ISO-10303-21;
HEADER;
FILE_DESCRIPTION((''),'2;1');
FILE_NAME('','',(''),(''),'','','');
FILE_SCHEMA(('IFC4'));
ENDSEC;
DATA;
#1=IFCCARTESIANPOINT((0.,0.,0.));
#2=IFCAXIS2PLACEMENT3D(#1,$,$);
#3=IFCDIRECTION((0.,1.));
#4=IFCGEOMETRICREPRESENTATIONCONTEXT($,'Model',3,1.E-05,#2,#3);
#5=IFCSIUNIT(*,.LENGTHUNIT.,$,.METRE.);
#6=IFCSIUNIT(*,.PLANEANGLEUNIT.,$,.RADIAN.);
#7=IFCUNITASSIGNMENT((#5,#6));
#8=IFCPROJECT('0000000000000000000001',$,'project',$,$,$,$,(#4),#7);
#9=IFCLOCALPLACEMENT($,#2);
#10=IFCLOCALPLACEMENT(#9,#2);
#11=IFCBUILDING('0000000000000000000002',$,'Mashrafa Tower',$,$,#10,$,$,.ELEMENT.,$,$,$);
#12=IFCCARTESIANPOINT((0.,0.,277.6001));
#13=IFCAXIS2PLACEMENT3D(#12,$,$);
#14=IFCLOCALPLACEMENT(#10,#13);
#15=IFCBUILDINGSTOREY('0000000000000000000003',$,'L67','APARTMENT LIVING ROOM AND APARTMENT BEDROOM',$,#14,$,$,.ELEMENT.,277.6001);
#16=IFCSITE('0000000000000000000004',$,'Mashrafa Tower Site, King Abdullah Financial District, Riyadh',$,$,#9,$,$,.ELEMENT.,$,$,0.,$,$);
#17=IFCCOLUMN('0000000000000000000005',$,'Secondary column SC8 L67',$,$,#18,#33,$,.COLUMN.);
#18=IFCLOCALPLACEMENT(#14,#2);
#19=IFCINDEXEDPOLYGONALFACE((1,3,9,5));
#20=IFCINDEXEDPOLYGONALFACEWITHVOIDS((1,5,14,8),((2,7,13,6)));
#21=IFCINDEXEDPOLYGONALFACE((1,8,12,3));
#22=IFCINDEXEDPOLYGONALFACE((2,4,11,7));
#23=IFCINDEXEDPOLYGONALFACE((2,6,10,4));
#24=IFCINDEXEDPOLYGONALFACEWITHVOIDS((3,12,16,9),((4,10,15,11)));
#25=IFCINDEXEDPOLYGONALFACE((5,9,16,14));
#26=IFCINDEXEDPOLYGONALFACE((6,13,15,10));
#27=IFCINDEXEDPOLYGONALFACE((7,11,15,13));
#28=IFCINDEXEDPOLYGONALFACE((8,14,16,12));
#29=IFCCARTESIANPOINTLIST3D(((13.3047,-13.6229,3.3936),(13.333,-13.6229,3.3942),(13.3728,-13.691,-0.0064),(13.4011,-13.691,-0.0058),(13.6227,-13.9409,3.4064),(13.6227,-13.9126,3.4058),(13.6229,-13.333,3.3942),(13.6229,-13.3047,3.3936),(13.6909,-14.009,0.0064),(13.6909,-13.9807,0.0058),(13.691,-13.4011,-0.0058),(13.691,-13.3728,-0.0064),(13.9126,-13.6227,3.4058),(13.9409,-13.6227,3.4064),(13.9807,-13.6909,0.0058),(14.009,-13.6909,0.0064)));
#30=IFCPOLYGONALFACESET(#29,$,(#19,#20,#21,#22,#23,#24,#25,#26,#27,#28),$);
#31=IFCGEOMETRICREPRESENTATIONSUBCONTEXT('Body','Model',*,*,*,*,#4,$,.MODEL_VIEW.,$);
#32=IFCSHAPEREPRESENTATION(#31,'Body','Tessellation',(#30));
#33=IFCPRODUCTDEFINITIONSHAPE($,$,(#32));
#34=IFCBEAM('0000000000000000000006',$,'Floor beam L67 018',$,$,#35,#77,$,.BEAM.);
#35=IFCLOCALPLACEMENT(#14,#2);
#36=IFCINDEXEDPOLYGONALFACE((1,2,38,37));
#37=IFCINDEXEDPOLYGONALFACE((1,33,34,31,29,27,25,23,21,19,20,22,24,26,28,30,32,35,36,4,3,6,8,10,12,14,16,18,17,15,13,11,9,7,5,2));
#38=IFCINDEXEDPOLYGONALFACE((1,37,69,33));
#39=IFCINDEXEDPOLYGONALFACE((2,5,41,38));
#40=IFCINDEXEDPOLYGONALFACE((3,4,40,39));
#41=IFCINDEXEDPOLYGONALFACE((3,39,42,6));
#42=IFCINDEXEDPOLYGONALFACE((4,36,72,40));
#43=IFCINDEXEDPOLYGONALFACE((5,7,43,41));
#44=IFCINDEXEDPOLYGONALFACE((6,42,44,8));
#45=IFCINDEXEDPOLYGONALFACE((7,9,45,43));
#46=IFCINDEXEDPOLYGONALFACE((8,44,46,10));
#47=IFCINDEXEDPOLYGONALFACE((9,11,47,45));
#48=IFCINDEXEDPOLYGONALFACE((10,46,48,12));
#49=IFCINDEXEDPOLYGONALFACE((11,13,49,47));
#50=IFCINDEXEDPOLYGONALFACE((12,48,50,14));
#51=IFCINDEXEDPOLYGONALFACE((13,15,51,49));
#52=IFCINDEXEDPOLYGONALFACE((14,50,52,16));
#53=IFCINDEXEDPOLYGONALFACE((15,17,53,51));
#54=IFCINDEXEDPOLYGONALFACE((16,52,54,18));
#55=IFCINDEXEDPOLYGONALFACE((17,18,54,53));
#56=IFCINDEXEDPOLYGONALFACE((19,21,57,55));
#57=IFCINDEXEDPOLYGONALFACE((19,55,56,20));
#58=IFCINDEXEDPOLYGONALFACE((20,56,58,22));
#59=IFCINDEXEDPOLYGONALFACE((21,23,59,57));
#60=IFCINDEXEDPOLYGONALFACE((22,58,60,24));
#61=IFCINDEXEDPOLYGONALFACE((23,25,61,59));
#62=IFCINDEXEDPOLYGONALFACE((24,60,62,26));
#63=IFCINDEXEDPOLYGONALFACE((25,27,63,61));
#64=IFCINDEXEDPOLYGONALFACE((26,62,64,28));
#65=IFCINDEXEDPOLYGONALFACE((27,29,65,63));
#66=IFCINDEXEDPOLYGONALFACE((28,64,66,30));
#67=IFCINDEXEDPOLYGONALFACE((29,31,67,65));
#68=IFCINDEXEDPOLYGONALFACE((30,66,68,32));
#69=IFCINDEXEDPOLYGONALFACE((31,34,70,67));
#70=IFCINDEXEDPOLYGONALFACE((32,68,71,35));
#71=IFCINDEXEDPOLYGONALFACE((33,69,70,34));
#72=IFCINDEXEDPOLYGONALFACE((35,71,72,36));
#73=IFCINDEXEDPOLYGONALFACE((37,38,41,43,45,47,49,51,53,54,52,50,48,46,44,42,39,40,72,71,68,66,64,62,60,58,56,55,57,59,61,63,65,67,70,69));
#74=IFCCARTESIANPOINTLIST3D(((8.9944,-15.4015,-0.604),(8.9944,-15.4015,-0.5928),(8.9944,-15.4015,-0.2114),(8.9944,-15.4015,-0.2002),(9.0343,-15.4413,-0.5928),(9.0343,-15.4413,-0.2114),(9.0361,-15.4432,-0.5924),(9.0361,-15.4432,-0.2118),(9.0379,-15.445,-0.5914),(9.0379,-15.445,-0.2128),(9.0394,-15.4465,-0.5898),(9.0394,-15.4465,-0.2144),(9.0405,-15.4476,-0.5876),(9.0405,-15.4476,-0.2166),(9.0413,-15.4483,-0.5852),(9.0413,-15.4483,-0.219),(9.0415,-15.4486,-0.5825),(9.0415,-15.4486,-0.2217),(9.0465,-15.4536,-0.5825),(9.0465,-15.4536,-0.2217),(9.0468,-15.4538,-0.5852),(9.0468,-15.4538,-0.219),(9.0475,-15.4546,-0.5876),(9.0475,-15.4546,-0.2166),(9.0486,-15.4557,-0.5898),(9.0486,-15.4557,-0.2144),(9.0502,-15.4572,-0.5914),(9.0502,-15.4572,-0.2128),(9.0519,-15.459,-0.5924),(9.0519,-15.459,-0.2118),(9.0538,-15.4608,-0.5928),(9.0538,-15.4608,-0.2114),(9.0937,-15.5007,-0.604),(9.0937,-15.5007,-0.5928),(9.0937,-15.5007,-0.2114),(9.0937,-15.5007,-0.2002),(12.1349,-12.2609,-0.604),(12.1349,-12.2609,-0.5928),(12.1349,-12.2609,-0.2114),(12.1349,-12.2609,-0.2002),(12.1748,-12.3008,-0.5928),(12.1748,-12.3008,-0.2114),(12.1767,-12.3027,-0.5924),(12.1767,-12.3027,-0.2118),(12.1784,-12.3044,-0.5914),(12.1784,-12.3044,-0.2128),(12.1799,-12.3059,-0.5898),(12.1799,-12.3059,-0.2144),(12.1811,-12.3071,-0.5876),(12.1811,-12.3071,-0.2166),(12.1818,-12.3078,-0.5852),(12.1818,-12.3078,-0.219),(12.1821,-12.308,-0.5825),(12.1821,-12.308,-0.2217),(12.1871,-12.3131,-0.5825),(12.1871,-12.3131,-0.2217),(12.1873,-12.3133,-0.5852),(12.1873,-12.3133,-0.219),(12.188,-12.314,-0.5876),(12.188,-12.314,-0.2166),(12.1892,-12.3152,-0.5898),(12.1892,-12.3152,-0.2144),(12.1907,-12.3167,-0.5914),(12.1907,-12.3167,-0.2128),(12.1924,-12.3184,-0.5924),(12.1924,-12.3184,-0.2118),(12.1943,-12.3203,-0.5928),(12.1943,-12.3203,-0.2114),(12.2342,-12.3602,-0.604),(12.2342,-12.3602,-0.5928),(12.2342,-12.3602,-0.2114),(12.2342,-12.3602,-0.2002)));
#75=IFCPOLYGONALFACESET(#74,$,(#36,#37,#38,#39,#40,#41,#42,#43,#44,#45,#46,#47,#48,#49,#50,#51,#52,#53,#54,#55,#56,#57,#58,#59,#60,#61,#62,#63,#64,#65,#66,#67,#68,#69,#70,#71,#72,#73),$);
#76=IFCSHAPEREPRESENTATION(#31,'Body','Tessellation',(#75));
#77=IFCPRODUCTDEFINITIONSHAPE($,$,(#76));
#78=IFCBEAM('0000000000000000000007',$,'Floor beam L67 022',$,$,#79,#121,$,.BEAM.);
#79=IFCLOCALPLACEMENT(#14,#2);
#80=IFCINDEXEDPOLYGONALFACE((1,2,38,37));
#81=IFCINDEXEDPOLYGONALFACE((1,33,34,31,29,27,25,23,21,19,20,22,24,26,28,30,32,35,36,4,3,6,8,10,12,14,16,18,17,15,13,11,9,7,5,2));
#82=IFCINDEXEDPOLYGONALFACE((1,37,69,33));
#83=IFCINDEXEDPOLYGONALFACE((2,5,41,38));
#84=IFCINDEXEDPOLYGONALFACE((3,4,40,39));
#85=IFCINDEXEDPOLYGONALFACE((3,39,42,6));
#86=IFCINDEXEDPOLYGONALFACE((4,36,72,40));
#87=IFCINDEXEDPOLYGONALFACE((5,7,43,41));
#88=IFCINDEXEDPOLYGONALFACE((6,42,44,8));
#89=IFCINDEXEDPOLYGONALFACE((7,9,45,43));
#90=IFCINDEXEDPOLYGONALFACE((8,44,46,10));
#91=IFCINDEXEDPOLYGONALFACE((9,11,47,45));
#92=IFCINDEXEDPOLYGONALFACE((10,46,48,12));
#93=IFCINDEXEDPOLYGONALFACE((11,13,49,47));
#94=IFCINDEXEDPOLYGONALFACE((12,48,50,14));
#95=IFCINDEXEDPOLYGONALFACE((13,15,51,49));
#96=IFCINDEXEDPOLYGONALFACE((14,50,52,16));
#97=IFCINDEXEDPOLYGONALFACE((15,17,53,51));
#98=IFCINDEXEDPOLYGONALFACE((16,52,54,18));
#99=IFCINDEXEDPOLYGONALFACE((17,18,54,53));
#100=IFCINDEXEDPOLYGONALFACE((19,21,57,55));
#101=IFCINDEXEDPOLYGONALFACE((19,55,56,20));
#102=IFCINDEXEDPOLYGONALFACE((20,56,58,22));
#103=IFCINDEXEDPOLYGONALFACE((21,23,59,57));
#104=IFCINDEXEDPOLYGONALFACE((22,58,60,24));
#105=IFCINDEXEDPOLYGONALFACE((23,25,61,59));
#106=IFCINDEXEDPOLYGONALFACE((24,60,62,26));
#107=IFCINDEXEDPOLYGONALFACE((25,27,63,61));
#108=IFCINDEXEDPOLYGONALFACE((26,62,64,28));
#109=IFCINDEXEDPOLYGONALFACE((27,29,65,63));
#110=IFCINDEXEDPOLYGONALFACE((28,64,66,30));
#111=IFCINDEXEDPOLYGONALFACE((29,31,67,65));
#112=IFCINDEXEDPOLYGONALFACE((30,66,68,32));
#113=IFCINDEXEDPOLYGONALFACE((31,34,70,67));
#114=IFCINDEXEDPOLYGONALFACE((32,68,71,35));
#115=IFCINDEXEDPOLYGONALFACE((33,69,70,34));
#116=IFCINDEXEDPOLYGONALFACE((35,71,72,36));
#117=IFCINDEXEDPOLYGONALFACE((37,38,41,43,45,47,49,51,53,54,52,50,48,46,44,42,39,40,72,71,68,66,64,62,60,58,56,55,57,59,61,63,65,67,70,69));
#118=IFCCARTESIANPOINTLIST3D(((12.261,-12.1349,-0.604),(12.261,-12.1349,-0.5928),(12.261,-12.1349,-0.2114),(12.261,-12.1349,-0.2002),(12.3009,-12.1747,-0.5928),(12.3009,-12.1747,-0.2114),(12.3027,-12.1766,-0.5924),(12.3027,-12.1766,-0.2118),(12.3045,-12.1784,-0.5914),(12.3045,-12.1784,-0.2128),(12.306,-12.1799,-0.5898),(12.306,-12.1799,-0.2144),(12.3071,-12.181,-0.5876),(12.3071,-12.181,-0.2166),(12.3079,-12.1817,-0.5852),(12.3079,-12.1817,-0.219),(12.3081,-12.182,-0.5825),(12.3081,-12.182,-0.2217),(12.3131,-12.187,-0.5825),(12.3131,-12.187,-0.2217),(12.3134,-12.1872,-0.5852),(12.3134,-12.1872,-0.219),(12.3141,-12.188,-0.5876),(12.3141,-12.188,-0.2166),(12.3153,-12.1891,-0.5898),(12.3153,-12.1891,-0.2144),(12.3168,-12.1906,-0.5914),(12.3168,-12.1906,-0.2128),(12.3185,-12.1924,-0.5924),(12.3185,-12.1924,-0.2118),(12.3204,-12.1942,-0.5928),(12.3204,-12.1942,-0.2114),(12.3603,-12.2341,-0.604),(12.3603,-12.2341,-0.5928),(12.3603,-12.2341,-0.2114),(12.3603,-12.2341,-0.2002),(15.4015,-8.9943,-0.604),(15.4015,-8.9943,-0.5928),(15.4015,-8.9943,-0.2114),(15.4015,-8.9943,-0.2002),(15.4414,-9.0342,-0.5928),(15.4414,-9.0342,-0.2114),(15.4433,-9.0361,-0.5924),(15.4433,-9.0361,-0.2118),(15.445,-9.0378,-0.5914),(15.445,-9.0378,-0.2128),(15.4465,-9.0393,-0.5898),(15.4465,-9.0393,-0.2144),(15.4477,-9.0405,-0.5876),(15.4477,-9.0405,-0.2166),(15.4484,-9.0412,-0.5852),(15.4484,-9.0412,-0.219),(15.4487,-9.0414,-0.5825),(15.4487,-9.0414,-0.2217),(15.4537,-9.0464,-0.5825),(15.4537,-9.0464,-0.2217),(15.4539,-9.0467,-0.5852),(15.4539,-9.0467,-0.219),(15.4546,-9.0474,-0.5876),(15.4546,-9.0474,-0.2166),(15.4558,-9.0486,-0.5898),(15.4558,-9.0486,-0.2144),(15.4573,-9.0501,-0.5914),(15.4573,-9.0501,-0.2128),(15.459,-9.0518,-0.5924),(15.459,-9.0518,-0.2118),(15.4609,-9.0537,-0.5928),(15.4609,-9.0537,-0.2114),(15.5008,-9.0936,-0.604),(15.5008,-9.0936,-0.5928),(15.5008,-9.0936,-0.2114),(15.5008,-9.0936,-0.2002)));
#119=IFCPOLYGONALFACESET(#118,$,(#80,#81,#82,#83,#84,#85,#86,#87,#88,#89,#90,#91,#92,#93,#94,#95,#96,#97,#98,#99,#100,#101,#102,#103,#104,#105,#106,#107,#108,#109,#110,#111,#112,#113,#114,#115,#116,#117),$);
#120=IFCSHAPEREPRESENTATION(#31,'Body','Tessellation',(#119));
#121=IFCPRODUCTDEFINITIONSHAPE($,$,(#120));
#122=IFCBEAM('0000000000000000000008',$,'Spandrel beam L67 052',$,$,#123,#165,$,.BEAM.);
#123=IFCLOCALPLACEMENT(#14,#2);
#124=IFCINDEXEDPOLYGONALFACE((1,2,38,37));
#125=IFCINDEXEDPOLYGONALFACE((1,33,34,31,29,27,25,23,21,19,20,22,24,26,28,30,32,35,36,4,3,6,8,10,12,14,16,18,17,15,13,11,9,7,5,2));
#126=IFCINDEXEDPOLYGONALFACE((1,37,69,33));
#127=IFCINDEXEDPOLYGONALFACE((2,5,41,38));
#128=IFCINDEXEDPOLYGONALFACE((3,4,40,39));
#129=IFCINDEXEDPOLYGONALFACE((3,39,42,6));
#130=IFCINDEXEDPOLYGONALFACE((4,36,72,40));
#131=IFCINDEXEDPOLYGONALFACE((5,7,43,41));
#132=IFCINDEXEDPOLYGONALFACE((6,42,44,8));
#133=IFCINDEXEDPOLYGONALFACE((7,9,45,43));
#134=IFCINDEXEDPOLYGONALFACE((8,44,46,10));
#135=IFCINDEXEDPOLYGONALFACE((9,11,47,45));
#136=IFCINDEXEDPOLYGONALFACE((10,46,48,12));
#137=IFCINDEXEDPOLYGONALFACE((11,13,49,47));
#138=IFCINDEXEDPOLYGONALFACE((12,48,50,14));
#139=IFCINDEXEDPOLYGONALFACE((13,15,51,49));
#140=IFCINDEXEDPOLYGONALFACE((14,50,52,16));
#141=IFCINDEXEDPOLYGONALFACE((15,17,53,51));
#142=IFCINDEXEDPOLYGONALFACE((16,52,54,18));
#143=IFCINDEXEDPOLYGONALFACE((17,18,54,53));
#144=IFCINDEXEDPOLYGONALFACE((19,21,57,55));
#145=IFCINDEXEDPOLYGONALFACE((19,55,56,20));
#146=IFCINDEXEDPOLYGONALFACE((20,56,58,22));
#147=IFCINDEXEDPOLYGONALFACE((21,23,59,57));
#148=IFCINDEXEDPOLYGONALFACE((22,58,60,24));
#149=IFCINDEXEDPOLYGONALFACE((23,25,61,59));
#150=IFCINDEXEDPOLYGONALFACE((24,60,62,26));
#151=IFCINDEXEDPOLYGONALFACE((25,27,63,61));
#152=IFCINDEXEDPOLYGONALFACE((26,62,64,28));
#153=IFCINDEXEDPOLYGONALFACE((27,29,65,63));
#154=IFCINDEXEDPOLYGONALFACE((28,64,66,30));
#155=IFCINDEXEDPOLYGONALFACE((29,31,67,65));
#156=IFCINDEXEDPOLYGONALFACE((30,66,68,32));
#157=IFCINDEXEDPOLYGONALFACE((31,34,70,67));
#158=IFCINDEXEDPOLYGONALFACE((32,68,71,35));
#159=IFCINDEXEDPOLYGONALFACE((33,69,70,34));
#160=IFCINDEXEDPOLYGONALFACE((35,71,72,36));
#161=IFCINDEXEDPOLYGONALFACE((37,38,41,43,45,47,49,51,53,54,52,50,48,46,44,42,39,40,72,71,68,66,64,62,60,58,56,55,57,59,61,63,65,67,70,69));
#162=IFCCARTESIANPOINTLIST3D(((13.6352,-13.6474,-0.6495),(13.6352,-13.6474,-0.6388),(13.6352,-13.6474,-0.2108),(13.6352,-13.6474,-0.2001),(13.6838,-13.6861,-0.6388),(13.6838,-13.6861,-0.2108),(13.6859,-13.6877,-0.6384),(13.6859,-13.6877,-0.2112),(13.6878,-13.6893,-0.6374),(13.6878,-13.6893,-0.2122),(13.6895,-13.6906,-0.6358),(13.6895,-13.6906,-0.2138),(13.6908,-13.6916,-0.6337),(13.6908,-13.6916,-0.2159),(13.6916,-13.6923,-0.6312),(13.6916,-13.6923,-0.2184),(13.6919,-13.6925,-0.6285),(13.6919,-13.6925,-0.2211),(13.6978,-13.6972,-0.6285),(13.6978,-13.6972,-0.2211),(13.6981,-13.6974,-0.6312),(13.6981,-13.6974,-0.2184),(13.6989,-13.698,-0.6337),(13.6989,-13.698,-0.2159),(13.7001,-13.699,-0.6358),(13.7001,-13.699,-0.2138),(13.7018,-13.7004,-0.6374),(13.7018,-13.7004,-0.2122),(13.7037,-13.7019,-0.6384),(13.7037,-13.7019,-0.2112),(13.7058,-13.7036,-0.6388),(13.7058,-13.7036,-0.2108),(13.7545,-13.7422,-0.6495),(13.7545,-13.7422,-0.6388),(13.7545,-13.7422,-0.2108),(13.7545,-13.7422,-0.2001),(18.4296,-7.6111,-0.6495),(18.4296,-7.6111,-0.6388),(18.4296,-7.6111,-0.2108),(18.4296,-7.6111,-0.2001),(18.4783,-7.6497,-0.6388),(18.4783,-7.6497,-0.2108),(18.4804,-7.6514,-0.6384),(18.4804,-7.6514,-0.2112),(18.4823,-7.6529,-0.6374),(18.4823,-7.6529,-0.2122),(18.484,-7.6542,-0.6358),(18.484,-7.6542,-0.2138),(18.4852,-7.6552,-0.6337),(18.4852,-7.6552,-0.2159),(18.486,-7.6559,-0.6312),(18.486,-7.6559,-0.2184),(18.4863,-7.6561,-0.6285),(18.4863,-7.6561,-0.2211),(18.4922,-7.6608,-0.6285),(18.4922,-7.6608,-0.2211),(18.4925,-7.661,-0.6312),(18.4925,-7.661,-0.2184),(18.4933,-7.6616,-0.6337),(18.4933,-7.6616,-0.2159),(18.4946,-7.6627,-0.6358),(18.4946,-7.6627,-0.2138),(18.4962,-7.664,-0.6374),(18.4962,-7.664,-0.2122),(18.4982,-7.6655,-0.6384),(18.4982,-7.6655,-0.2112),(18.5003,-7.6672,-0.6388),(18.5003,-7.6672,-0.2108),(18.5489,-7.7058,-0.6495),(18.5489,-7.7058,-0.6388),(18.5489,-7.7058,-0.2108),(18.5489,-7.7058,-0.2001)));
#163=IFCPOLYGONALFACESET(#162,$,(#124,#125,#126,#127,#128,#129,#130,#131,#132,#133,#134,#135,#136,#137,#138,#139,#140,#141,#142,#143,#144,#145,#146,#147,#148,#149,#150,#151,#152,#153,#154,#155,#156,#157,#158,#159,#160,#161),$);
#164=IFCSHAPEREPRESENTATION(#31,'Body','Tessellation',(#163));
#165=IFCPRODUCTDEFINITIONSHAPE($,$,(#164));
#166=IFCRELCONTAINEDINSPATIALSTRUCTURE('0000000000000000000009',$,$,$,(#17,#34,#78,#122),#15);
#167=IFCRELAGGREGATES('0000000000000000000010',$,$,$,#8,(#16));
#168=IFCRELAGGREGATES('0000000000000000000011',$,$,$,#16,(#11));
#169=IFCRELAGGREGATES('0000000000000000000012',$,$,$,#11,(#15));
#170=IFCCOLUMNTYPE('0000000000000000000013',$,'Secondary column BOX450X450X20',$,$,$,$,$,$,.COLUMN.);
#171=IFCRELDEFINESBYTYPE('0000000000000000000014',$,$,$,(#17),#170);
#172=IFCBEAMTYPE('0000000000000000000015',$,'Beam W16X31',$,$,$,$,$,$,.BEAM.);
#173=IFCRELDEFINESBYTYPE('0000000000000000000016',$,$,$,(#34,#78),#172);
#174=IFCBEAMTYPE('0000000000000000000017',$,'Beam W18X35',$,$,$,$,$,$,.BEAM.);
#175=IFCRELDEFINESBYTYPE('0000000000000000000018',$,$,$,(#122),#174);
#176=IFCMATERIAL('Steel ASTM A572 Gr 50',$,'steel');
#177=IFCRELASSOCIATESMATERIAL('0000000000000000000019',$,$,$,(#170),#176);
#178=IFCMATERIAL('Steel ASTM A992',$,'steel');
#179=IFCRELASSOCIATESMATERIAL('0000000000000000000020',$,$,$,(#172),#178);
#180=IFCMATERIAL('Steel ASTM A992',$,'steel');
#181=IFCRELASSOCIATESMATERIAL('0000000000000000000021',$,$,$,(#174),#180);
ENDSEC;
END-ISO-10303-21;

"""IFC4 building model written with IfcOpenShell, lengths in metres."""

from ifc_helpers import new_model, si_unit, direction, frame, origin, origin_2d, place, context, subcontext, project, spatial, hollow_rectangle, i_section, extrude, material, material_profile, profile_set, type_object, element, save


model = new_model("IFC4")

# Units and contexts
model_context = context("Model", 3, precision=1e-05, world=origin(), true_north=direction((0.0, 1.0)))
body_context = subcontext(model_context, "Body", "Model", "MODEL_VIEW")
ifc_project = project(units=[si_unit("LENGTHUNIT", "METRE"), si_unit("PLANEANGLEUNIT", "RADIAN")], contexts=[model_context])

# Site, building, storey
site_placement = place(None, origin())
site = spatial("IfcSite", under=ifc_project, at=site_placement, Name="Mashrafa Tower Site, King Abdullah Financial District, Riyadh", CompositionType="ELEMENT", RefElevation=0.0)
building_placement = place(site_placement, origin())
building = spatial("IfcBuilding", under=site, at=building_placement, Name="Mashrafa Tower", CompositionType="ELEMENT")
storey_placement = place(building_placement, frame((0.0, 0.0, 277.6001)))
storey = spatial("IfcBuildingStorey", under=building, at=storey_placement, Name="L67", Description="APARTMENT LIVING ROOM AND APARTMENT BEDROOM", CompositionType="ELEMENT", Elevation=277.6001)

# Column
ifc_material_1 = material(Name="Steel ASTM A572 Gr 50", Category="steel")
ifc_material_profile_1 = material_profile(ifc_material_1, hollow_rectangle(XDim=0.45, YDim=0.45, WallThickness=0.02, at=origin_2d()), Name="BOX450X450X20")
ifc_profile_set_1 = profile_set([ifc_material_profile_1], Name="Steel ASTM A572 Gr 50")
column_type = type_object("IfcColumnType", Name="Secondary column BOX450X450X20", PredefinedType="COLUMN", material=ifc_profile_set_1)
column_placement = place(storey_placement, frame((13.6909, -13.6909, 0.0), z_axis=(-0.020026, 0.020026, 0.999599), x_axis=(-0.707107, -0.707107, 0.0)))
element("IfcColumn", 1, at=column_placement, inside=storey, type_object=column_type, Name="Secondary column SC8 L67", PredefinedType="COLUMN", context=body_context, shape_type="SweptSolid", body=[
    extrude(hollow_rectangle(XDim=0.45, YDim=0.45, WallThickness=0.02, at=origin_2d()), origin(), (0.0, 0.0, 1.0), 3.4014),
])

# Beams
ifc_material_2 = material(Name="Steel ASTM A992", Category="steel")
ifc_material_profile_2 = material_profile(ifc_material_2, i_section(OverallWidth=0.1404, OverallDepth=0.4038, WebThickness=0.0071, FlangeThickness=0.0112, FilletRadius=0.0103, at=origin_2d()), Name="W16X31")
ifc_profile_set_2 = profile_set([ifc_material_profile_2], Name="Steel ASTM A992")
beam_type_1 = type_object("IfcBeamType", Name="Beam W16X31", PredefinedType="BEAM", material=ifc_profile_set_2)
for number, where, z_axis, x_axis, name in (
    (2, (12.1846, -12.3105, -0.4021), (-0.707107, -0.707107, 0.0), (0.707107, -0.707107, 0.0), "Floor beam L67 018"),
    (3, (15.4512, -9.0439, -0.4021), (-0.707107, -0.707107, 0.0), (0.707107, -0.707107, 0.0), "Floor beam L67 022"),
):
    element("IfcBeam", number, at=place(storey_placement, frame(where, z_axis=z_axis, x_axis=x_axis)), inside=storey, type_object=beam_type_1, Name=name, PredefinedType="BEAM", context=body_context, shape_type="SweptSolid", body=[
        extrude(i_section(OverallWidth=0.1404, OverallDepth=0.4038, WebThickness=0.0071, FlangeThickness=0.0112, FilletRadius=0.0103, at=origin_2d()), origin(), (0.0, 0.0, 1.0), 4.4414),
    ])
ifc_material_3 = material(Name="Steel ASTM A992", Category="steel")
ifc_material_profile_3 = material_profile(ifc_material_3, i_section(OverallWidth=0.1523, OverallDepth=0.4495, WebThickness=0.0076, FlangeThickness=0.0107, FilletRadius=0.0103, at=origin_2d()), Name="W18X35")
ifc_profile_set_3 = profile_set([ifc_material_profile_3], Name="Steel ASTM A992")
beam_type_2 = type_object("IfcBeamType", Name="Beam W18X35", PredefinedType="BEAM", material=ifc_profile_set_3)
for number, where, z_axis, x_axis, name in (
    (4, (13.6948, -13.6948, -0.4248), (0.621949, 0.783058, 0.0), (-0.783058, 0.621949, 0.0), "Spandrel beam L67 052"),
):
    element("IfcBeam", number, at=place(storey_placement, frame(where, z_axis=z_axis, x_axis=x_axis)), inside=storey, type_object=beam_type_2, Name=name, PredefinedType="BEAM", context=body_context, shape_type="SweptSolid", body=[
        extrude(i_section(OverallWidth=0.1523, OverallDepth=0.4495, WebThickness=0.0076, FlangeThickness=0.0107, FilletRadius=0.0103, at=origin_2d()), origin(), (0.0, 0.0, 1.0), 7.7087),
    ])

save(model, "model.ifc")
